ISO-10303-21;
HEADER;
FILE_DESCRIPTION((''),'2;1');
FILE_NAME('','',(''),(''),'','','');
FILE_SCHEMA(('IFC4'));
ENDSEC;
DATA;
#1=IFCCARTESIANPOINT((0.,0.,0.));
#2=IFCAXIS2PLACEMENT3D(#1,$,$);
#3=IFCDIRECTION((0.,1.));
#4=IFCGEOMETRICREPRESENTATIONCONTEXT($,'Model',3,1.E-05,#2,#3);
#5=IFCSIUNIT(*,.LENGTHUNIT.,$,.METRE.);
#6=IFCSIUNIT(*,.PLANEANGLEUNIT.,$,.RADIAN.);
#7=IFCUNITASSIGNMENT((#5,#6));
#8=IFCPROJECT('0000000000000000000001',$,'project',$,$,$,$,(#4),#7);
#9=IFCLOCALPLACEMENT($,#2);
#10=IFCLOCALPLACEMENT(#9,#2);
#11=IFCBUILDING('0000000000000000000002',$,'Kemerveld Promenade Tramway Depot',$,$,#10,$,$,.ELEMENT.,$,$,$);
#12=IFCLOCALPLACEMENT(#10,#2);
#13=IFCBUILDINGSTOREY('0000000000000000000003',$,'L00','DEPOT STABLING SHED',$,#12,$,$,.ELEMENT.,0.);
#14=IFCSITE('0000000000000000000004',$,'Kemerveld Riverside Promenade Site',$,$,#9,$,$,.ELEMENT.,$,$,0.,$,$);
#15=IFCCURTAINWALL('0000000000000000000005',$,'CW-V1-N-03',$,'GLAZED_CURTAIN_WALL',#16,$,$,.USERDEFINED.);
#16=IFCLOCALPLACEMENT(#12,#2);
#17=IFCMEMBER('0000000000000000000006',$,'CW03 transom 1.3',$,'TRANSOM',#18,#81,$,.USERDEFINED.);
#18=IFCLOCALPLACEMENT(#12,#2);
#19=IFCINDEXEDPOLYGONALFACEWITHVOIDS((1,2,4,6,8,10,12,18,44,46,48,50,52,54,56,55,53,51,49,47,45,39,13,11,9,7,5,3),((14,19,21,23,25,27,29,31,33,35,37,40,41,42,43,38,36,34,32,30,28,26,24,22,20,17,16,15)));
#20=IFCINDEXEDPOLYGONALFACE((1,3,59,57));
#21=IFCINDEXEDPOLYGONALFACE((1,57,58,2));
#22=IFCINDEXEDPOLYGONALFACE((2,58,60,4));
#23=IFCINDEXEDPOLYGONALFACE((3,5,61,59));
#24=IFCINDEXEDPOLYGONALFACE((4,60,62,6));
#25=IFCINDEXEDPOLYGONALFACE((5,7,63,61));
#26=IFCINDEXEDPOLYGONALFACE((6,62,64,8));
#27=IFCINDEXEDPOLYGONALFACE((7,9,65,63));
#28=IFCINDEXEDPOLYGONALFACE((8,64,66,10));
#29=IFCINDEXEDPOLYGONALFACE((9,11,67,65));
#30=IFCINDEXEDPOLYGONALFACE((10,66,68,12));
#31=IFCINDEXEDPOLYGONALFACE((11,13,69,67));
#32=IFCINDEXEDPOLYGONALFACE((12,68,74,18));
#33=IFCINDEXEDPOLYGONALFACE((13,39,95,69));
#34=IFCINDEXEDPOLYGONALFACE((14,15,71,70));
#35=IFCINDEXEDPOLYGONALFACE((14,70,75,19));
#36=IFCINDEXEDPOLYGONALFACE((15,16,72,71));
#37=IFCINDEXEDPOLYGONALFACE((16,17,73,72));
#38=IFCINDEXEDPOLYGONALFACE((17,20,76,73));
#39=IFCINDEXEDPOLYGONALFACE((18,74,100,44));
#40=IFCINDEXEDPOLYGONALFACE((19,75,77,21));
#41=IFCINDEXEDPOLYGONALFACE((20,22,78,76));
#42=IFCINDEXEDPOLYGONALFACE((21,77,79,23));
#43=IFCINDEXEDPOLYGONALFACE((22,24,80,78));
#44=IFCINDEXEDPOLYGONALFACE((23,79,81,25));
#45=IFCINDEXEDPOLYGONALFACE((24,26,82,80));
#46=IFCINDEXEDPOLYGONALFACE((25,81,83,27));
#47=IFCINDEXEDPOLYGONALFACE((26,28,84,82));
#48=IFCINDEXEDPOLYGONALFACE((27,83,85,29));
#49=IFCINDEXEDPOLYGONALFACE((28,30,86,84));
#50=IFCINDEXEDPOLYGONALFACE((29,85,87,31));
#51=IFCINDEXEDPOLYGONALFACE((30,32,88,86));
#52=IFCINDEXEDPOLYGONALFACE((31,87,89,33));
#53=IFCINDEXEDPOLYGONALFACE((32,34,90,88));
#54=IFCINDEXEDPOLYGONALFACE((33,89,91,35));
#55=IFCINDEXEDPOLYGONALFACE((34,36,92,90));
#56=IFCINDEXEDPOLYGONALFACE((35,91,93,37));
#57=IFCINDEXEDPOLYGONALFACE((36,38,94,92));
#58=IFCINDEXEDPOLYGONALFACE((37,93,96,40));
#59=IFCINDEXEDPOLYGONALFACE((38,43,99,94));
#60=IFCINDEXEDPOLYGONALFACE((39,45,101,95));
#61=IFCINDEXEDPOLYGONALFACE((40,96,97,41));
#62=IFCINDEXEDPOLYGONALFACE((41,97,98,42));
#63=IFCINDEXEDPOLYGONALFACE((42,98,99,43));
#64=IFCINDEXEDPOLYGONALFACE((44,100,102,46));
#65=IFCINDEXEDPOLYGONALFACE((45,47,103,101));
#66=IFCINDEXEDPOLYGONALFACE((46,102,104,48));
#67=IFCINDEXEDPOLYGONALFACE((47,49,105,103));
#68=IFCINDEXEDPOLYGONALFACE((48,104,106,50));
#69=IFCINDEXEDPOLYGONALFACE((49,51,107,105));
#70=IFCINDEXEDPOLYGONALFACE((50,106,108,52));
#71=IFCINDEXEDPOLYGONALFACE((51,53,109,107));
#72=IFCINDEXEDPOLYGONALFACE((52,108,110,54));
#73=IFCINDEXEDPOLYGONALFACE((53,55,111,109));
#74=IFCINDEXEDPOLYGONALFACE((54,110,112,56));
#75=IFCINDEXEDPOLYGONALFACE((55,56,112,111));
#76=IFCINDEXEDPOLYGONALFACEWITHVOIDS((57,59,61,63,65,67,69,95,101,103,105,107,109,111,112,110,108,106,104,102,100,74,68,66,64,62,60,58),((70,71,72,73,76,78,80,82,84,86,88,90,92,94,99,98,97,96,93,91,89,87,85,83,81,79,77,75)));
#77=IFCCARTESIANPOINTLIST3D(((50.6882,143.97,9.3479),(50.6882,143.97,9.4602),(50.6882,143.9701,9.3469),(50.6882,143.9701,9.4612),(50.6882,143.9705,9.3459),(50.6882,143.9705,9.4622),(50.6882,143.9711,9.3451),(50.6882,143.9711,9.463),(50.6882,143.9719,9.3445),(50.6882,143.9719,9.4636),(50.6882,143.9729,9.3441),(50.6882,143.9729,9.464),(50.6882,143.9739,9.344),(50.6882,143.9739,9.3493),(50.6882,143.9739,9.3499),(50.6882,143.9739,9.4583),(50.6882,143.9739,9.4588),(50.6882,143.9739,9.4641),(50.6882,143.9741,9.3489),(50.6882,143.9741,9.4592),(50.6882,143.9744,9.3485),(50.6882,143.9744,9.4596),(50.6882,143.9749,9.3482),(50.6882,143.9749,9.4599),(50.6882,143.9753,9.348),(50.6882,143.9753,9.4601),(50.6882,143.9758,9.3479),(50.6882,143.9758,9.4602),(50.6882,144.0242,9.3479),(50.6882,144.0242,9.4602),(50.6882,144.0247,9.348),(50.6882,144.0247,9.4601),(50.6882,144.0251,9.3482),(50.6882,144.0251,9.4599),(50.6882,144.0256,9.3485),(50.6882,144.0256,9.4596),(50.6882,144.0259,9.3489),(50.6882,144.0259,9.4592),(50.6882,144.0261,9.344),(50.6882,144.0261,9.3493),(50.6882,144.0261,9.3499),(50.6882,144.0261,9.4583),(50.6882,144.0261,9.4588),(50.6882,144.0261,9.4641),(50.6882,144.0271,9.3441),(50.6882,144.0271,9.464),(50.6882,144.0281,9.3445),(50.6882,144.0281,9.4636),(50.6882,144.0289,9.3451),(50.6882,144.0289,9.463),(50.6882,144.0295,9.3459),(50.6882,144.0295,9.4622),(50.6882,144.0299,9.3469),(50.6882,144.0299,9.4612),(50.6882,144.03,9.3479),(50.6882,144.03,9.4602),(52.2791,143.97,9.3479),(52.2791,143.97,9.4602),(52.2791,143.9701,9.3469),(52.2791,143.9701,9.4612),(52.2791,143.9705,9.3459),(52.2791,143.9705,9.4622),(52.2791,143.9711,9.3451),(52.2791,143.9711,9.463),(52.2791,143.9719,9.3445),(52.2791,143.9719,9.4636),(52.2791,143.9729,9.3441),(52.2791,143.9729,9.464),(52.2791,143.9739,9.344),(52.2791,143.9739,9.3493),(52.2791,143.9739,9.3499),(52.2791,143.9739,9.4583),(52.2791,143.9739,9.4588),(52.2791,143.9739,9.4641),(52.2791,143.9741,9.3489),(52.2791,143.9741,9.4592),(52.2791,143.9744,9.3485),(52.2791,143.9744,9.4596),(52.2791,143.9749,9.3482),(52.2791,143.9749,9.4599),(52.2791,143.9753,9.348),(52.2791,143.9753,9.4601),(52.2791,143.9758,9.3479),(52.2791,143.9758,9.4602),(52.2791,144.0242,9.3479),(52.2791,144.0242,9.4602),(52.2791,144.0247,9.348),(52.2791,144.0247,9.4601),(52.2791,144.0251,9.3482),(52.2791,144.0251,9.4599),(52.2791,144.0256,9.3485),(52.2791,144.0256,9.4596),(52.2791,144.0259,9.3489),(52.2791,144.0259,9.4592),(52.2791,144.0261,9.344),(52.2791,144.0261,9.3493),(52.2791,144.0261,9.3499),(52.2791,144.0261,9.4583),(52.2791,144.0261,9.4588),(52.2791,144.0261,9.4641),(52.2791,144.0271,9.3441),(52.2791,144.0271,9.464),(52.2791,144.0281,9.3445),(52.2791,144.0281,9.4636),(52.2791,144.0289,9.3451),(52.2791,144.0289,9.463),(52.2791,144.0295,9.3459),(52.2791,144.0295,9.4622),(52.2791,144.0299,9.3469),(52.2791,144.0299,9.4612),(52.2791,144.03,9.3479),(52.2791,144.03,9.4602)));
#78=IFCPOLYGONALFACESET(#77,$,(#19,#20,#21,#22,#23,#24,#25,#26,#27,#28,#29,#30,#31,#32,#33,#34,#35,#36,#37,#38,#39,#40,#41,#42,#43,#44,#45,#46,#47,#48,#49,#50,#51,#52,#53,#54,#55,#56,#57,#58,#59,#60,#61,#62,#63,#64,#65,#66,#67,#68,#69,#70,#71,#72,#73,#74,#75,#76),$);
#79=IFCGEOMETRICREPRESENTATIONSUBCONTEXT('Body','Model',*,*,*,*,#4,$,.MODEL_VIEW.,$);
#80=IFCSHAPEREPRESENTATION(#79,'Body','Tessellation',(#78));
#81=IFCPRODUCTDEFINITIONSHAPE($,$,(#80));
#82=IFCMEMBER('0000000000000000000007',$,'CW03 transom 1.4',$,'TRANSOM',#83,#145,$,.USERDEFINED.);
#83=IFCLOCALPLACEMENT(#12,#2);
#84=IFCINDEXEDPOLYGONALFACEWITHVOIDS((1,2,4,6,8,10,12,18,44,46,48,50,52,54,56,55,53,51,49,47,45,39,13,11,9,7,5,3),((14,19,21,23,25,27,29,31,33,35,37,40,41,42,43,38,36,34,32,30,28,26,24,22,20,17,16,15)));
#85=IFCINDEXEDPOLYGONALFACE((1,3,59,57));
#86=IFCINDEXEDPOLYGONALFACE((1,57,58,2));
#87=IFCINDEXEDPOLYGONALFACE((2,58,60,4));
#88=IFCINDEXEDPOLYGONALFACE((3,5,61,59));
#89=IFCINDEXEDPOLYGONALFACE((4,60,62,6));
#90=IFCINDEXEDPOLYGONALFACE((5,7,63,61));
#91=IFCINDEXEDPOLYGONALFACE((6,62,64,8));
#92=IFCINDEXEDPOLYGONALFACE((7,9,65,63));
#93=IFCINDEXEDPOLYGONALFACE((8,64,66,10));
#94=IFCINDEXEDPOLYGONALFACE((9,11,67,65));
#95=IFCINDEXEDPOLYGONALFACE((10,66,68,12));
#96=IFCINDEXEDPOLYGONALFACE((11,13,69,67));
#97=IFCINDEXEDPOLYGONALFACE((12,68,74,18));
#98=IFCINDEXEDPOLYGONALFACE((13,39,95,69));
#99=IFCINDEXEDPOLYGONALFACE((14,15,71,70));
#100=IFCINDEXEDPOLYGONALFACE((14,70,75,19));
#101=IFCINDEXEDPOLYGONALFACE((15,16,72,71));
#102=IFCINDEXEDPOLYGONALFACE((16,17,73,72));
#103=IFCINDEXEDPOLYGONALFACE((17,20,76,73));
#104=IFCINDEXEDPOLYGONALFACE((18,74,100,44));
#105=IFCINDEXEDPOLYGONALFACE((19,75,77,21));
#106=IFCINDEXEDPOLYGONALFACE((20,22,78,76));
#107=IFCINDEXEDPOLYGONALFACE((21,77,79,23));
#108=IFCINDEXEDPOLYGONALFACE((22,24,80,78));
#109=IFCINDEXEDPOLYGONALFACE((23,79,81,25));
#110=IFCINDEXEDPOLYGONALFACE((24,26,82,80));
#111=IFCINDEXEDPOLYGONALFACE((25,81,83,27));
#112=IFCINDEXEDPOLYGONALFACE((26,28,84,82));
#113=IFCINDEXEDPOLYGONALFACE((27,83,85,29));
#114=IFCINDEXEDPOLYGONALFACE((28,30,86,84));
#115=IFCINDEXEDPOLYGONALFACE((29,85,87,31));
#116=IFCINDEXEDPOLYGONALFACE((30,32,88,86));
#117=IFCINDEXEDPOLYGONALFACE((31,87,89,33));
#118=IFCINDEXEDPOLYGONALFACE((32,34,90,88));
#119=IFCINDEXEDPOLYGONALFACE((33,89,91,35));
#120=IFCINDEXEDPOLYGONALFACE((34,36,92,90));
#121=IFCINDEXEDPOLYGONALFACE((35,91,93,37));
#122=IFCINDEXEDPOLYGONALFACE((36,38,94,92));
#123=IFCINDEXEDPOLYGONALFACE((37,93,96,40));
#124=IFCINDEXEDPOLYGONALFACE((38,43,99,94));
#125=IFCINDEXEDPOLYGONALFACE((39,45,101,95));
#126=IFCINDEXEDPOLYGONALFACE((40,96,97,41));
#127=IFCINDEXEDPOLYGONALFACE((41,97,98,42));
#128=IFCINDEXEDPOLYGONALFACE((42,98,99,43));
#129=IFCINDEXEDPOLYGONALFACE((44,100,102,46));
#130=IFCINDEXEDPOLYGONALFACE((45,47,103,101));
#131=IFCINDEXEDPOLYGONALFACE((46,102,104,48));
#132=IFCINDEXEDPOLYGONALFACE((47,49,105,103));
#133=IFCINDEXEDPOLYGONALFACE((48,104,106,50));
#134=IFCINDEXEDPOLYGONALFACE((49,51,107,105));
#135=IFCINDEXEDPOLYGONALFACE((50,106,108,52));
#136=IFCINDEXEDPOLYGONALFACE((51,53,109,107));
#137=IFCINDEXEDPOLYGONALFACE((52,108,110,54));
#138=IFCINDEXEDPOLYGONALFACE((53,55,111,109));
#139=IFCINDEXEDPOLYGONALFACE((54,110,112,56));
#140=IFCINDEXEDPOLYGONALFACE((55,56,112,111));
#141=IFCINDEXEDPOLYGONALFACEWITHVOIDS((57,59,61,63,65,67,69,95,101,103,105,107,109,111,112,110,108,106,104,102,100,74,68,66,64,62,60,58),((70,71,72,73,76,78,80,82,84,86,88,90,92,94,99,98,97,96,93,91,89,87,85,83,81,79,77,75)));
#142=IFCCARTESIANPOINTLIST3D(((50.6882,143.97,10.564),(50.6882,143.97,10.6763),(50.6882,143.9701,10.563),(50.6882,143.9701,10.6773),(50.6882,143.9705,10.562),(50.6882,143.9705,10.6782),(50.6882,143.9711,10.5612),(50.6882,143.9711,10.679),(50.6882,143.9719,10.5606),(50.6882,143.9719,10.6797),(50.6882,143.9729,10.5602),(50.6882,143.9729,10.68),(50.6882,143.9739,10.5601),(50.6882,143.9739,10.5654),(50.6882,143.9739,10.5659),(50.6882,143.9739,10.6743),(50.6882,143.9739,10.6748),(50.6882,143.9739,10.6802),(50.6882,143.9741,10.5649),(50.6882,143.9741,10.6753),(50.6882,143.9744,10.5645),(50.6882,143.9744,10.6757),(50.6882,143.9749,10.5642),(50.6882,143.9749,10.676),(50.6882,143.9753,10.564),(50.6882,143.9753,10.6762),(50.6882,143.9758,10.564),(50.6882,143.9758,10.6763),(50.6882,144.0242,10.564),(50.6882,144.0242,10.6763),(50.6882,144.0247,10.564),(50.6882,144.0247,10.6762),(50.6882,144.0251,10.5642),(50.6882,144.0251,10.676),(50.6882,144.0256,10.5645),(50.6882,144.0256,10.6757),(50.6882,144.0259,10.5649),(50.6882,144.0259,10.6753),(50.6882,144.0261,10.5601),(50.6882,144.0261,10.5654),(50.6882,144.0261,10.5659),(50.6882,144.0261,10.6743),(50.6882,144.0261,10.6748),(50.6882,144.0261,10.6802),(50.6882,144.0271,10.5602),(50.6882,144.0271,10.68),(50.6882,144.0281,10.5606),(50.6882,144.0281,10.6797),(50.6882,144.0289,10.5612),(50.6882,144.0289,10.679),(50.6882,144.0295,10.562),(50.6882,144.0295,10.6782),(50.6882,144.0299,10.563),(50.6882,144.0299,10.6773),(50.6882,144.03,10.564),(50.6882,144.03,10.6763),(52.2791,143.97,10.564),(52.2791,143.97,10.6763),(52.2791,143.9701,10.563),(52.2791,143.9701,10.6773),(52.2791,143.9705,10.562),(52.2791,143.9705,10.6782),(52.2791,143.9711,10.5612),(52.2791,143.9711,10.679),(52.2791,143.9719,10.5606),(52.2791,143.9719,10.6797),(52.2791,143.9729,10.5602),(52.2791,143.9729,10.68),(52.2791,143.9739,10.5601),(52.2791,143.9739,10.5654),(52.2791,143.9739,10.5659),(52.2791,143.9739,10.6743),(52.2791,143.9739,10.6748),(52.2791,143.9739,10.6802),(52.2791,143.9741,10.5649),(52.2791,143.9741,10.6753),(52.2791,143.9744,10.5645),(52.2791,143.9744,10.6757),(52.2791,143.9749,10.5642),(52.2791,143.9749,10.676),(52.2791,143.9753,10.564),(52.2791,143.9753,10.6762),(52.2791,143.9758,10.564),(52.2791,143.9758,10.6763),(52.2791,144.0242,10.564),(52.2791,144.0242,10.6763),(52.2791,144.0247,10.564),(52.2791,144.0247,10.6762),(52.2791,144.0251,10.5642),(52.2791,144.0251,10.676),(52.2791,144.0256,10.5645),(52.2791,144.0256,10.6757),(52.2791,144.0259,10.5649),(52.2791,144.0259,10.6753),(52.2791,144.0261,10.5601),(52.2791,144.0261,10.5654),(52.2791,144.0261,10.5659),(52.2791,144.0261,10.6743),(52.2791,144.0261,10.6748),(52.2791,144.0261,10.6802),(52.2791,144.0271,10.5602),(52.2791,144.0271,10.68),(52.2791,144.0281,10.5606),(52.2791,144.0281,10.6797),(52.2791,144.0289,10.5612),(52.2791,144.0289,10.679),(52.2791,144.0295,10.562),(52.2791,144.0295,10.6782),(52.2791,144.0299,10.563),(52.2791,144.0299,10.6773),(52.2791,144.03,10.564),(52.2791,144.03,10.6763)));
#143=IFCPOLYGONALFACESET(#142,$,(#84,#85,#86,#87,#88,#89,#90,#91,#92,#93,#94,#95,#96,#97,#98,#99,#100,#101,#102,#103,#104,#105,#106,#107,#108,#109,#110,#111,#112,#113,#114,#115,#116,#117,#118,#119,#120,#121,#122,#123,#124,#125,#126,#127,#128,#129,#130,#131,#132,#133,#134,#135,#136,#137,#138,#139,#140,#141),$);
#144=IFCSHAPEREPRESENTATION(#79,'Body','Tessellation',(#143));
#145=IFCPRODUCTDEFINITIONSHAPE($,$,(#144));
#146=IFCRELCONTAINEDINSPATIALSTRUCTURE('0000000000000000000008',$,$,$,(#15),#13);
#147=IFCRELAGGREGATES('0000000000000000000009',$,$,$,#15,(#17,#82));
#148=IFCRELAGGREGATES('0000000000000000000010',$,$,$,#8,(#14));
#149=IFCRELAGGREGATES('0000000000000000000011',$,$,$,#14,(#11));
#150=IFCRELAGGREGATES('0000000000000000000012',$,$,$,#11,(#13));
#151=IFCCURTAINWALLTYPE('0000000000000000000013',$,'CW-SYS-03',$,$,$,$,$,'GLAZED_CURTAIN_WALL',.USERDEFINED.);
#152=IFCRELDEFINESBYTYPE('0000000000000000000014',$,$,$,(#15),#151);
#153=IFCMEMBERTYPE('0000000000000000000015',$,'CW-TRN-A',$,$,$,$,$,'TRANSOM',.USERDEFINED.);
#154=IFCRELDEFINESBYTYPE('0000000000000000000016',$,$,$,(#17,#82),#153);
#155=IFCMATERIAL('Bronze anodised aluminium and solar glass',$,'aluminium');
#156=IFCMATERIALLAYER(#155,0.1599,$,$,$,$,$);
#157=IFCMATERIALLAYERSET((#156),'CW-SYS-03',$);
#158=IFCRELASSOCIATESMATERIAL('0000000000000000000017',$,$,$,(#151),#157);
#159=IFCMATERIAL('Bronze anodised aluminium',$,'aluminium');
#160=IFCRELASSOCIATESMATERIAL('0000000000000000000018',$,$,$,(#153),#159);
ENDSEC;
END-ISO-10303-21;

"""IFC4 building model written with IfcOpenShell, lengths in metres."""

from ifc_helpers import new_model, si_unit, direction, frame, origin, origin_2d, place, context, subcontext, project, spatial, hollow_rectangle, extrude, material, layer, layer_set, material_profile, profile_set, type_object, element, aggregate, save


model = new_model("IFC4")

# Units and contexts
model_context = context("Model", 3, precision=1e-05, world=origin(), true_north=direction((0.0, 1.0)))
body_context = subcontext(model_context, "Body", "Model", "MODEL_VIEW")
ifc_project = project(units=[si_unit("LENGTHUNIT", "METRE"), si_unit("PLANEANGLEUNIT", "RADIAN")], contexts=[model_context])

# Site, building, storey
site_placement = place(None, origin())
site = spatial("IfcSite", under=ifc_project, at=site_placement, Name="Kemerveld Riverside Promenade Site", CompositionType="ELEMENT", RefElevation=0.0)
building_placement = place(site_placement, origin())
building = spatial("IfcBuilding", under=site, at=building_placement, Name="Kemerveld Promenade Tramway Depot", CompositionType="ELEMENT")
storey_placement = place(building_placement, origin())
storey = spatial("IfcBuildingStorey", under=building, at=storey_placement, Name="L00", Description="DEPOT STABLING SHED", CompositionType="ELEMENT", Elevation=0.0)

# Curtain wall, members
ifc_material_1 = material(Name="Bronze anodised aluminium and solar glass", Category="aluminium")
ifc_layer_1 = layer(ifc_material_1, 0.1599)
ifc_layer_set_1 = layer_set([ifc_layer_1], Name="CW-SYS-03")
curtain_wall_type_1 = type_object("IfcCurtainWallType", Name="CW-SYS-03", ElementType="GLAZED_CURTAIN_WALL", PredefinedType="USERDEFINED", material=ifc_layer_set_1)
curtain_wall_1_placement = place(storey_placement, origin())
curtain_wall_1 = element("IfcCurtainWall", 1, at=curtain_wall_1_placement, inside=storey, type_object=curtain_wall_type_1, Name="CW-V1-N-03", ObjectType="GLAZED_CURTAIN_WALL", PredefinedType="USERDEFINED")
ifc_material_2 = material(Name="Bronze anodised aluminium", Category="aluminium")
ifc_material_profile_1 = material_profile(ifc_material_2, hollow_rectangle(XDim=0.0601, YDim=0.1201, WallThickness=0.0039, InnerFilletRadius=0.002, OuterFilletRadius=0.0039, at=origin_2d()), Name="CW-TRN-120x60")
ifc_profile_set_1 = profile_set([ifc_material_profile_1], Name="Bronze anodised aluminium")
member_type_1 = type_object("IfcMemberType", Name="CW-TRN-A", ElementType="TRANSOM", PredefinedType="USERDEFINED", material=ifc_profile_set_1)
member_1_placement = place(storey_placement, frame((50.6882, 144.0, 9.4041), z_axis=(1.0, 0.0, 0.0), x_axis=(0.0, 1.0, 0.0)))
member_1 = element("IfcMember", 2, at=member_1_placement, type_object=member_type_1, Name="CW03 transom 1.3", ObjectType="TRANSOM", PredefinedType="USERDEFINED", context=body_context, shape_type="SweptSolid", body=[
    extrude(hollow_rectangle(XDim=0.0601, YDim=0.1201, WallThickness=0.0039, InnerFilletRadius=0.002, OuterFilletRadius=0.0039, at=origin_2d()), origin(), (0.0, 0.0, 1.0), 1.5908),
])
member_2_placement = place(storey_placement, frame((50.6882, 144.0, 10.6201), z_axis=(1.0, 0.0, 0.0), x_axis=(0.0, 1.0, 0.0)))
member_2 = element("IfcMember", 3, at=member_2_placement, type_object=member_type_1, Name="CW03 transom 1.4", ObjectType="TRANSOM", PredefinedType="USERDEFINED", context=body_context, shape_type="SweptSolid", body=[
    extrude(hollow_rectangle(XDim=0.0601, YDim=0.1201, WallThickness=0.0039, InnerFilletRadius=0.002, OuterFilletRadius=0.0039, at=origin_2d()), origin(), (0.0, 0.0, 1.0), 1.5908),
])

aggregate(curtain_wall_1, [member_1, member_2])

save(model, "model.ifc")
